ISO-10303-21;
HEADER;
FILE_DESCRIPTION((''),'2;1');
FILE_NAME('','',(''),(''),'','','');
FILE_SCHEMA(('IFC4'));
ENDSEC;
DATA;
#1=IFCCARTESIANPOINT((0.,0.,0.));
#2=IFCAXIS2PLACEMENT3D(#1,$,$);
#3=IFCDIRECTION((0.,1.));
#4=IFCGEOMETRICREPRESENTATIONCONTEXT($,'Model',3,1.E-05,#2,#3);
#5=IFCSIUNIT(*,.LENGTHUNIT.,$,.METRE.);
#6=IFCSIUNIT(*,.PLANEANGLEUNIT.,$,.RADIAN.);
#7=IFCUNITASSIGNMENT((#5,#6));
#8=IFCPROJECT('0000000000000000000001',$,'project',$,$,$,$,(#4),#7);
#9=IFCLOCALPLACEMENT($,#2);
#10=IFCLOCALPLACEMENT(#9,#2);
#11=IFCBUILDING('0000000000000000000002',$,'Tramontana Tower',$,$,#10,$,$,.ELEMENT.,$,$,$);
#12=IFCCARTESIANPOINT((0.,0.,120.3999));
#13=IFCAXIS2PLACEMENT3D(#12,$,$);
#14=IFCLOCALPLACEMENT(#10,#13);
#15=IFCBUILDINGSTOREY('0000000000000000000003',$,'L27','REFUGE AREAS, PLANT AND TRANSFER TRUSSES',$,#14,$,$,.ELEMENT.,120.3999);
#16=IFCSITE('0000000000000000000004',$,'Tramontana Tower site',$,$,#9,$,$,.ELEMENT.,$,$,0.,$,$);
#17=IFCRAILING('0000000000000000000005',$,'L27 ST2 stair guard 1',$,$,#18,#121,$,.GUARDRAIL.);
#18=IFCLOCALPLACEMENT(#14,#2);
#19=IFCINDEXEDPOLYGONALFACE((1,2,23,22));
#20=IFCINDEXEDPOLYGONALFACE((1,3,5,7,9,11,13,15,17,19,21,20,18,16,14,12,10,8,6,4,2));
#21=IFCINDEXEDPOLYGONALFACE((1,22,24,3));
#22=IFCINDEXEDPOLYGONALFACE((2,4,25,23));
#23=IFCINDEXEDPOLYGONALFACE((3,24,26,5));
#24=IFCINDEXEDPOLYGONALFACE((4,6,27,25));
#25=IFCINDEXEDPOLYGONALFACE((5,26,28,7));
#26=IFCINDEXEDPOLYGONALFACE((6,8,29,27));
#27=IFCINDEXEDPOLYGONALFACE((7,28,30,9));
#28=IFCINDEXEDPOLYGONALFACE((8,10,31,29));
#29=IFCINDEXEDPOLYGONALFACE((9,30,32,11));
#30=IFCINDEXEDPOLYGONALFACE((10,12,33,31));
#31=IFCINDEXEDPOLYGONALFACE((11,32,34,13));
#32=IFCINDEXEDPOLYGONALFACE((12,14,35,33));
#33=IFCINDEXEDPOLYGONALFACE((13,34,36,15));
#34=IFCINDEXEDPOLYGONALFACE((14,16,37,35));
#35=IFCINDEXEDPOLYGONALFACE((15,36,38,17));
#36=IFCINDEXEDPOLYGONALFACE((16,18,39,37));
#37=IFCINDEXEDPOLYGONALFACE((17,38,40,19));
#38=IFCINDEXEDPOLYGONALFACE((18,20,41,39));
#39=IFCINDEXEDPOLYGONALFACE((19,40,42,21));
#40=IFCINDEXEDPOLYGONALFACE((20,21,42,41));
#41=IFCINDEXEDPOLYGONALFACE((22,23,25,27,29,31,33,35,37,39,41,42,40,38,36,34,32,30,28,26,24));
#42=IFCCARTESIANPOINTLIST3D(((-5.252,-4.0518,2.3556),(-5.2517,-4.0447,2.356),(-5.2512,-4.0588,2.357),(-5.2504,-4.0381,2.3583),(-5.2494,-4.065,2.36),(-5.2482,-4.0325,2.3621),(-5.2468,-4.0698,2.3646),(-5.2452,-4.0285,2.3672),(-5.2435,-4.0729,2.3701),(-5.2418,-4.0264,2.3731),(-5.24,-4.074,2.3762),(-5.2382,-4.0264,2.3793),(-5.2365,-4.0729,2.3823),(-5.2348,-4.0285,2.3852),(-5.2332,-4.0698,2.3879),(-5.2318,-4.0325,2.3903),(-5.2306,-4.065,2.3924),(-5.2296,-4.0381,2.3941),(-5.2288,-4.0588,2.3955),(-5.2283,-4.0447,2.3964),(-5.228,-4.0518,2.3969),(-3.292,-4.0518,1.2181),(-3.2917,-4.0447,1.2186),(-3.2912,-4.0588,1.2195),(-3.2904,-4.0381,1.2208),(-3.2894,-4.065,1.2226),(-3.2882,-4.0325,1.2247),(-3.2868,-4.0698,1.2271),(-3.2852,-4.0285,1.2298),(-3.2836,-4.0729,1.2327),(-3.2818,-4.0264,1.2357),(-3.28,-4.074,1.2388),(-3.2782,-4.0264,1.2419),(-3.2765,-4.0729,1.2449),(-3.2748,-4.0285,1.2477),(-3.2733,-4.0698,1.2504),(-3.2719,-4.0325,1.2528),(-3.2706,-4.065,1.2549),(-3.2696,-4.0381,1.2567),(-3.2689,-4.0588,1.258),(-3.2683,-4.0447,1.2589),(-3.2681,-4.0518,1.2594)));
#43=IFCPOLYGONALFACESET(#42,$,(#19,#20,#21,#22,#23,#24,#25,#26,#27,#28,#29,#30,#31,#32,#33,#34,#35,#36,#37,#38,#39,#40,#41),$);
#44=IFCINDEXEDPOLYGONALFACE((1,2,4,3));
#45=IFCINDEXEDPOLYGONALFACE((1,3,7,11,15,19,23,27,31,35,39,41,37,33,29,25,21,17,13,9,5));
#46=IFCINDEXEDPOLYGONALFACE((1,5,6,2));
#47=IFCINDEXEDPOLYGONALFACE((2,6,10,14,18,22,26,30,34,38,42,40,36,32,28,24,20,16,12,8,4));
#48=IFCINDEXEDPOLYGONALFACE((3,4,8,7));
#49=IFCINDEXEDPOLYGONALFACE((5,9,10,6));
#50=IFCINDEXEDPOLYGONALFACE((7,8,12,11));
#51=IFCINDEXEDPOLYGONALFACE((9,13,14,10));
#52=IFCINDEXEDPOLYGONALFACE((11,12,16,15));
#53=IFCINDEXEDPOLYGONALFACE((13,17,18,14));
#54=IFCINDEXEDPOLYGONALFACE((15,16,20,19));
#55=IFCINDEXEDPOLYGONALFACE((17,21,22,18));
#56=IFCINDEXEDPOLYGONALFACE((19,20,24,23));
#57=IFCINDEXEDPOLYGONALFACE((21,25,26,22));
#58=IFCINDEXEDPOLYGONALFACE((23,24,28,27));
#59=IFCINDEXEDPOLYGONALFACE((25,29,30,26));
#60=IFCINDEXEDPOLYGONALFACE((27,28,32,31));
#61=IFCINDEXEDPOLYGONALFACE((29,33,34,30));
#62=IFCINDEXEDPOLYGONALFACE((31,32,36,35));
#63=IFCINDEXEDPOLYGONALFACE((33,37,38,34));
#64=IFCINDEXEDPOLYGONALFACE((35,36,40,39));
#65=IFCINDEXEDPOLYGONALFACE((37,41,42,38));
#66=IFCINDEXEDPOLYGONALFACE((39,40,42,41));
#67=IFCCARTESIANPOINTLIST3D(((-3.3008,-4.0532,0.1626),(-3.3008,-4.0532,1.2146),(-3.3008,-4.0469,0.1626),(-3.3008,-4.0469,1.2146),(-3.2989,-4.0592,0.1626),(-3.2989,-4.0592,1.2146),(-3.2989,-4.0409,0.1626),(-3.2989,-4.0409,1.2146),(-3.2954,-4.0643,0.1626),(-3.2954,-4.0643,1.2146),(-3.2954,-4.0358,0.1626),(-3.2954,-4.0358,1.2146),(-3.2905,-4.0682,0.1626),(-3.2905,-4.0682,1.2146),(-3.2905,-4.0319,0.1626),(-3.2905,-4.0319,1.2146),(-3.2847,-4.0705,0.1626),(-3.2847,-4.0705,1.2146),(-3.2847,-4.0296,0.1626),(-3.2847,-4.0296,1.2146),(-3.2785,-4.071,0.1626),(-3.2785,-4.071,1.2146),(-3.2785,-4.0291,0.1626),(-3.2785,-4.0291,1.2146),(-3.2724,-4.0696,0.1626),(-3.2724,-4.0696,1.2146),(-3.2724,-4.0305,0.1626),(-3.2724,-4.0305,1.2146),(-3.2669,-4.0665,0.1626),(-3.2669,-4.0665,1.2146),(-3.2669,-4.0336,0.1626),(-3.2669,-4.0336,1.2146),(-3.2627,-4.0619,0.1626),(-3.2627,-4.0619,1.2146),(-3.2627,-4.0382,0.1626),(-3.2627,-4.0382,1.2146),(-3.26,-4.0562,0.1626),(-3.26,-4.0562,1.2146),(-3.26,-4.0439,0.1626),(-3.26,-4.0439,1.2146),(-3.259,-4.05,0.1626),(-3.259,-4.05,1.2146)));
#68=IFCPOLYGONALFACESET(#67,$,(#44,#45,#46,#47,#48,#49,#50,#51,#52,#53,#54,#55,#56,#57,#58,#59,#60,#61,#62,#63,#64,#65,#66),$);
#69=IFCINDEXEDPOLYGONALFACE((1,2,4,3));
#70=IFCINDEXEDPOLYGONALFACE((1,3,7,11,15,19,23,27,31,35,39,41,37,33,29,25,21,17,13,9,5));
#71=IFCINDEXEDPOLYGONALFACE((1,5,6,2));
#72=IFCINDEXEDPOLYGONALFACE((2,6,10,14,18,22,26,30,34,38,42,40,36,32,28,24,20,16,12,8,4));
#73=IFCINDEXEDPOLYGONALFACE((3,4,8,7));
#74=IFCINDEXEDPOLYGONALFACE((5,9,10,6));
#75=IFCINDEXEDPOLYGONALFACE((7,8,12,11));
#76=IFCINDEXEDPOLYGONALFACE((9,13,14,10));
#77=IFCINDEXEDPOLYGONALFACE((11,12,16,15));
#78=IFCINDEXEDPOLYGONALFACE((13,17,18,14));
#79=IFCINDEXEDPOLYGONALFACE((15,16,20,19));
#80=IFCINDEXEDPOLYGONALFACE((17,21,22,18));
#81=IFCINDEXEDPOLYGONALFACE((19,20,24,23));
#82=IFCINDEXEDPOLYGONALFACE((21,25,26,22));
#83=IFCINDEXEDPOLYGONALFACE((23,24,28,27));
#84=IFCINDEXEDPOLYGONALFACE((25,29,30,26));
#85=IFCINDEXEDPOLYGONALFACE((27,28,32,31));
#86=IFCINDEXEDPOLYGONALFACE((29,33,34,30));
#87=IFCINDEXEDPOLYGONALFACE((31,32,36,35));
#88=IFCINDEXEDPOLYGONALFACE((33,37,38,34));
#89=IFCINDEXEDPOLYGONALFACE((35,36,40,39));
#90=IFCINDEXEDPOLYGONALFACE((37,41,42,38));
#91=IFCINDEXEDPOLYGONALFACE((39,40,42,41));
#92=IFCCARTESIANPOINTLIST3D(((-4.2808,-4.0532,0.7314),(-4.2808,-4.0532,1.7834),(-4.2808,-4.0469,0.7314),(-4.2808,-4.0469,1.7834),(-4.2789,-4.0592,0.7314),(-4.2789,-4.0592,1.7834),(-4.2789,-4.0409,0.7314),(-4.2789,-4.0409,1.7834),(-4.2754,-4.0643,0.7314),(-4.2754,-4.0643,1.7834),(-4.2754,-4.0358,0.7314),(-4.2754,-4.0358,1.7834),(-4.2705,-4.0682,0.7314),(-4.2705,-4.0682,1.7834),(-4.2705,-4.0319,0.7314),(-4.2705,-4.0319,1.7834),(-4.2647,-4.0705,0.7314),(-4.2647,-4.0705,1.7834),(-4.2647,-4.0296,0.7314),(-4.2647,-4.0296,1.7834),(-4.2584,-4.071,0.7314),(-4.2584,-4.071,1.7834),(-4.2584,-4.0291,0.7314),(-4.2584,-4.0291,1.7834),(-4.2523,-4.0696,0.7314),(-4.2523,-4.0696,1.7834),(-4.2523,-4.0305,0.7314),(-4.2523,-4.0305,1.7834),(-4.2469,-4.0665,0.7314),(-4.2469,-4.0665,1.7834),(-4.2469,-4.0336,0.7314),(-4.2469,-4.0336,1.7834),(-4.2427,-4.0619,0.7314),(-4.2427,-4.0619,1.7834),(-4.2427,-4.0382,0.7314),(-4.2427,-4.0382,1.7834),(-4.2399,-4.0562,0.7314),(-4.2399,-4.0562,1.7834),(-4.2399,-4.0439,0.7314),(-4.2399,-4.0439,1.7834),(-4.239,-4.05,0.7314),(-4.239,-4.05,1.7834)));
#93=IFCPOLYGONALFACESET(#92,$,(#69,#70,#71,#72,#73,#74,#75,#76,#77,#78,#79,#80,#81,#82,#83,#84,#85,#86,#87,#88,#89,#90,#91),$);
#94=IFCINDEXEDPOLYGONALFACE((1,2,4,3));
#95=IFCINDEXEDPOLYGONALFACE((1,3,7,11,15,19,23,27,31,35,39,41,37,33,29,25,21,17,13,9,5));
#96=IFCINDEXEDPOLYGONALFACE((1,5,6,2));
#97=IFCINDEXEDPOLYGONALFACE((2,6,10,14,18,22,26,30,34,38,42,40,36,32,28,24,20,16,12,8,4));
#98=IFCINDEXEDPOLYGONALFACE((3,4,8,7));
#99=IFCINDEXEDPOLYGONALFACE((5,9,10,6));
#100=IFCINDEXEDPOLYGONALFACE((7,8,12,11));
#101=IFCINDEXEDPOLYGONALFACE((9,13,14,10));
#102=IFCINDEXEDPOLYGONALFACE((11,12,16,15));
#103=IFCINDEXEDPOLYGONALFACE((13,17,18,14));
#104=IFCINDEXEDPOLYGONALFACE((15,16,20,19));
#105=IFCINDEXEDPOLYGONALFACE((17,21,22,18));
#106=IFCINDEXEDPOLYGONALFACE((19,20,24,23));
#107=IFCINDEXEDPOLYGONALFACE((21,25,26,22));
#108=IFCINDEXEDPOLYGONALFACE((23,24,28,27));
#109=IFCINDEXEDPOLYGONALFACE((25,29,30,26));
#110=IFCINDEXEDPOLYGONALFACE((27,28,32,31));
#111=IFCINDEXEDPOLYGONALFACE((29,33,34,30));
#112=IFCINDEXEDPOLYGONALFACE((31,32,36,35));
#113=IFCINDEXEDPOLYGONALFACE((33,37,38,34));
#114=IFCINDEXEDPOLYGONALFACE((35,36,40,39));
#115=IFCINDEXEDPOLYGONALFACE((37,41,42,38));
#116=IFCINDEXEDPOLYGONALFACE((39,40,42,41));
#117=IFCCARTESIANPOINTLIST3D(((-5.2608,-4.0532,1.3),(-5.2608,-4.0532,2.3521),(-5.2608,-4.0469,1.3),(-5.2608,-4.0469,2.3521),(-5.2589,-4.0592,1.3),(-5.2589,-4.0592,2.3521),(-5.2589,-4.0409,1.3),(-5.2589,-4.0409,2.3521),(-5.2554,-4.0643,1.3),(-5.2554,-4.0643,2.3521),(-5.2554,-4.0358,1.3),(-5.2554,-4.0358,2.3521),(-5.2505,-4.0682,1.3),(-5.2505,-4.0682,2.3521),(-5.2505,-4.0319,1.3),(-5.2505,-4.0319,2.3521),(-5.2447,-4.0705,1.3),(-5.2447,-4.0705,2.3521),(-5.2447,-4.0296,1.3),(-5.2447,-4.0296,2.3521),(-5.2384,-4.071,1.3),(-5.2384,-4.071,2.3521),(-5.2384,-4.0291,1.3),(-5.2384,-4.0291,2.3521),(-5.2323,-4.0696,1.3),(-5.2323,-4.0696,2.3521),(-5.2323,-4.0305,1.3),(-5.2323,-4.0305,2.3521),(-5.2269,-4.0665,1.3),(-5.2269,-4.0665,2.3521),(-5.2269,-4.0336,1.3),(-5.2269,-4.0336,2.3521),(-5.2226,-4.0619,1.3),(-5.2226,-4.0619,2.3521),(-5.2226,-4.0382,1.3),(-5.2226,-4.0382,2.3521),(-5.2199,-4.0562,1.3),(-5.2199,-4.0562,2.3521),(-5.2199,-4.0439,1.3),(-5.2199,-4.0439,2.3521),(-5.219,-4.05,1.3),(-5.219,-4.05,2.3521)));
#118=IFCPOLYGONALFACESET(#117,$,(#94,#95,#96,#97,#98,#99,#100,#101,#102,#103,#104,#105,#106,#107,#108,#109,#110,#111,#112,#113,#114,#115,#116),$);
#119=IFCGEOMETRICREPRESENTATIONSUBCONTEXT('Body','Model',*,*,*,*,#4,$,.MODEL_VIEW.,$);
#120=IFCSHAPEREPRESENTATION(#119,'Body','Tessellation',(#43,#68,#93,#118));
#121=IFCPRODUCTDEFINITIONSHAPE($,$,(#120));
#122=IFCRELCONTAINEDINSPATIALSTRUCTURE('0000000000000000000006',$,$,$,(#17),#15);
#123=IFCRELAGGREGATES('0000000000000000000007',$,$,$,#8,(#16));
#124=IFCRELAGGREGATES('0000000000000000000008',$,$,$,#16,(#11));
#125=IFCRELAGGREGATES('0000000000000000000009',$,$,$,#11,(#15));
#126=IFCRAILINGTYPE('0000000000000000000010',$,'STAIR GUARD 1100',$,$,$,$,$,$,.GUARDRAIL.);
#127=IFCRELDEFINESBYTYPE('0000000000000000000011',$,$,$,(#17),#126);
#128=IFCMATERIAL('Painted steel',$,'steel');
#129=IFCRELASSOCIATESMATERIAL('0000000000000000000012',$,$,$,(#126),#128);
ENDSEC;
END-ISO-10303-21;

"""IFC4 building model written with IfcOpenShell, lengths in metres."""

from ifc_helpers import new_model, si_unit, direction, frame, origin, origin_2d, place, context, subcontext, project, spatial, circle, extrude, material, type_object, element, save


model = new_model("IFC4")

# Units and contexts
model_context = context("Model", 3, precision=1e-05, world=origin(), true_north=direction((0.0, 1.0)))
body_context = subcontext(model_context, "Body", "Model", "MODEL_VIEW")
ifc_project = project(units=[si_unit("LENGTHUNIT", "METRE"), si_unit("PLANEANGLEUNIT", "RADIAN")], contexts=[model_context])

# Site, building, storey
site_placement = place(None, origin())
site = spatial("IfcSite", under=ifc_project, at=site_placement, Name="Tramontana Tower site", CompositionType="ELEMENT", RefElevation=0.0)
building_placement = place(site_placement, origin())
building = spatial("IfcBuilding", under=site, at=building_placement, Name="Tramontana Tower", CompositionType="ELEMENT")
storey_placement = place(building_placement, frame((0.0, 0.0, 120.3999)))
storey = spatial("IfcBuildingStorey", under=building, at=storey_placement, Name="L27", Description="REFUGE AREAS, PLANT AND TRANSFER TRUSSES", CompositionType="ELEMENT", Elevation=120.3999)

# Railing
ifc_material_1 = material(Name="Painted steel", Category="steel")
railing_type_1 = type_object("IfcRailingType", Name="STAIR GUARD 1100", PredefinedType="GUARDRAIL", material=ifc_material_1)
railing_1_placement = place(storey_placement, frame((-3.28, -4.05, 0.1626)))
element("IfcRailing", 1, at=railing_1_placement, inside=storey, type_object=railing_type_1, Name="L27 ST2 stair guard 1", PredefinedType="GUARDRAIL", context=body_context, shape_type="SweptSolid", body=[
    extrude(circle(Radius=0.0239, at=origin_2d()), frame((0.0, 0.0, 1.0762), z_axis=(-0.864902, 0.0, 0.501941), x_axis=(0.0, -1.0, 0.0)), (0.0, 0.0, 1.0), 2.2661),
    extrude(circle(Radius=0.021, at=origin_2d()), origin(), (0.0, 0.0, 1.0), 1.052),
    extrude(circle(Radius=0.021, at=origin_2d()), frame((-0.98, 0.0, 0.5688)), (0.0, 0.0, 1.0), 1.052),
    extrude(circle(Radius=0.021, at=origin_2d()), frame((-1.96, 0.0, 1.1375)), (0.0, 0.0, 1.0), 1.052),
])

save(model, "model.ifc")
